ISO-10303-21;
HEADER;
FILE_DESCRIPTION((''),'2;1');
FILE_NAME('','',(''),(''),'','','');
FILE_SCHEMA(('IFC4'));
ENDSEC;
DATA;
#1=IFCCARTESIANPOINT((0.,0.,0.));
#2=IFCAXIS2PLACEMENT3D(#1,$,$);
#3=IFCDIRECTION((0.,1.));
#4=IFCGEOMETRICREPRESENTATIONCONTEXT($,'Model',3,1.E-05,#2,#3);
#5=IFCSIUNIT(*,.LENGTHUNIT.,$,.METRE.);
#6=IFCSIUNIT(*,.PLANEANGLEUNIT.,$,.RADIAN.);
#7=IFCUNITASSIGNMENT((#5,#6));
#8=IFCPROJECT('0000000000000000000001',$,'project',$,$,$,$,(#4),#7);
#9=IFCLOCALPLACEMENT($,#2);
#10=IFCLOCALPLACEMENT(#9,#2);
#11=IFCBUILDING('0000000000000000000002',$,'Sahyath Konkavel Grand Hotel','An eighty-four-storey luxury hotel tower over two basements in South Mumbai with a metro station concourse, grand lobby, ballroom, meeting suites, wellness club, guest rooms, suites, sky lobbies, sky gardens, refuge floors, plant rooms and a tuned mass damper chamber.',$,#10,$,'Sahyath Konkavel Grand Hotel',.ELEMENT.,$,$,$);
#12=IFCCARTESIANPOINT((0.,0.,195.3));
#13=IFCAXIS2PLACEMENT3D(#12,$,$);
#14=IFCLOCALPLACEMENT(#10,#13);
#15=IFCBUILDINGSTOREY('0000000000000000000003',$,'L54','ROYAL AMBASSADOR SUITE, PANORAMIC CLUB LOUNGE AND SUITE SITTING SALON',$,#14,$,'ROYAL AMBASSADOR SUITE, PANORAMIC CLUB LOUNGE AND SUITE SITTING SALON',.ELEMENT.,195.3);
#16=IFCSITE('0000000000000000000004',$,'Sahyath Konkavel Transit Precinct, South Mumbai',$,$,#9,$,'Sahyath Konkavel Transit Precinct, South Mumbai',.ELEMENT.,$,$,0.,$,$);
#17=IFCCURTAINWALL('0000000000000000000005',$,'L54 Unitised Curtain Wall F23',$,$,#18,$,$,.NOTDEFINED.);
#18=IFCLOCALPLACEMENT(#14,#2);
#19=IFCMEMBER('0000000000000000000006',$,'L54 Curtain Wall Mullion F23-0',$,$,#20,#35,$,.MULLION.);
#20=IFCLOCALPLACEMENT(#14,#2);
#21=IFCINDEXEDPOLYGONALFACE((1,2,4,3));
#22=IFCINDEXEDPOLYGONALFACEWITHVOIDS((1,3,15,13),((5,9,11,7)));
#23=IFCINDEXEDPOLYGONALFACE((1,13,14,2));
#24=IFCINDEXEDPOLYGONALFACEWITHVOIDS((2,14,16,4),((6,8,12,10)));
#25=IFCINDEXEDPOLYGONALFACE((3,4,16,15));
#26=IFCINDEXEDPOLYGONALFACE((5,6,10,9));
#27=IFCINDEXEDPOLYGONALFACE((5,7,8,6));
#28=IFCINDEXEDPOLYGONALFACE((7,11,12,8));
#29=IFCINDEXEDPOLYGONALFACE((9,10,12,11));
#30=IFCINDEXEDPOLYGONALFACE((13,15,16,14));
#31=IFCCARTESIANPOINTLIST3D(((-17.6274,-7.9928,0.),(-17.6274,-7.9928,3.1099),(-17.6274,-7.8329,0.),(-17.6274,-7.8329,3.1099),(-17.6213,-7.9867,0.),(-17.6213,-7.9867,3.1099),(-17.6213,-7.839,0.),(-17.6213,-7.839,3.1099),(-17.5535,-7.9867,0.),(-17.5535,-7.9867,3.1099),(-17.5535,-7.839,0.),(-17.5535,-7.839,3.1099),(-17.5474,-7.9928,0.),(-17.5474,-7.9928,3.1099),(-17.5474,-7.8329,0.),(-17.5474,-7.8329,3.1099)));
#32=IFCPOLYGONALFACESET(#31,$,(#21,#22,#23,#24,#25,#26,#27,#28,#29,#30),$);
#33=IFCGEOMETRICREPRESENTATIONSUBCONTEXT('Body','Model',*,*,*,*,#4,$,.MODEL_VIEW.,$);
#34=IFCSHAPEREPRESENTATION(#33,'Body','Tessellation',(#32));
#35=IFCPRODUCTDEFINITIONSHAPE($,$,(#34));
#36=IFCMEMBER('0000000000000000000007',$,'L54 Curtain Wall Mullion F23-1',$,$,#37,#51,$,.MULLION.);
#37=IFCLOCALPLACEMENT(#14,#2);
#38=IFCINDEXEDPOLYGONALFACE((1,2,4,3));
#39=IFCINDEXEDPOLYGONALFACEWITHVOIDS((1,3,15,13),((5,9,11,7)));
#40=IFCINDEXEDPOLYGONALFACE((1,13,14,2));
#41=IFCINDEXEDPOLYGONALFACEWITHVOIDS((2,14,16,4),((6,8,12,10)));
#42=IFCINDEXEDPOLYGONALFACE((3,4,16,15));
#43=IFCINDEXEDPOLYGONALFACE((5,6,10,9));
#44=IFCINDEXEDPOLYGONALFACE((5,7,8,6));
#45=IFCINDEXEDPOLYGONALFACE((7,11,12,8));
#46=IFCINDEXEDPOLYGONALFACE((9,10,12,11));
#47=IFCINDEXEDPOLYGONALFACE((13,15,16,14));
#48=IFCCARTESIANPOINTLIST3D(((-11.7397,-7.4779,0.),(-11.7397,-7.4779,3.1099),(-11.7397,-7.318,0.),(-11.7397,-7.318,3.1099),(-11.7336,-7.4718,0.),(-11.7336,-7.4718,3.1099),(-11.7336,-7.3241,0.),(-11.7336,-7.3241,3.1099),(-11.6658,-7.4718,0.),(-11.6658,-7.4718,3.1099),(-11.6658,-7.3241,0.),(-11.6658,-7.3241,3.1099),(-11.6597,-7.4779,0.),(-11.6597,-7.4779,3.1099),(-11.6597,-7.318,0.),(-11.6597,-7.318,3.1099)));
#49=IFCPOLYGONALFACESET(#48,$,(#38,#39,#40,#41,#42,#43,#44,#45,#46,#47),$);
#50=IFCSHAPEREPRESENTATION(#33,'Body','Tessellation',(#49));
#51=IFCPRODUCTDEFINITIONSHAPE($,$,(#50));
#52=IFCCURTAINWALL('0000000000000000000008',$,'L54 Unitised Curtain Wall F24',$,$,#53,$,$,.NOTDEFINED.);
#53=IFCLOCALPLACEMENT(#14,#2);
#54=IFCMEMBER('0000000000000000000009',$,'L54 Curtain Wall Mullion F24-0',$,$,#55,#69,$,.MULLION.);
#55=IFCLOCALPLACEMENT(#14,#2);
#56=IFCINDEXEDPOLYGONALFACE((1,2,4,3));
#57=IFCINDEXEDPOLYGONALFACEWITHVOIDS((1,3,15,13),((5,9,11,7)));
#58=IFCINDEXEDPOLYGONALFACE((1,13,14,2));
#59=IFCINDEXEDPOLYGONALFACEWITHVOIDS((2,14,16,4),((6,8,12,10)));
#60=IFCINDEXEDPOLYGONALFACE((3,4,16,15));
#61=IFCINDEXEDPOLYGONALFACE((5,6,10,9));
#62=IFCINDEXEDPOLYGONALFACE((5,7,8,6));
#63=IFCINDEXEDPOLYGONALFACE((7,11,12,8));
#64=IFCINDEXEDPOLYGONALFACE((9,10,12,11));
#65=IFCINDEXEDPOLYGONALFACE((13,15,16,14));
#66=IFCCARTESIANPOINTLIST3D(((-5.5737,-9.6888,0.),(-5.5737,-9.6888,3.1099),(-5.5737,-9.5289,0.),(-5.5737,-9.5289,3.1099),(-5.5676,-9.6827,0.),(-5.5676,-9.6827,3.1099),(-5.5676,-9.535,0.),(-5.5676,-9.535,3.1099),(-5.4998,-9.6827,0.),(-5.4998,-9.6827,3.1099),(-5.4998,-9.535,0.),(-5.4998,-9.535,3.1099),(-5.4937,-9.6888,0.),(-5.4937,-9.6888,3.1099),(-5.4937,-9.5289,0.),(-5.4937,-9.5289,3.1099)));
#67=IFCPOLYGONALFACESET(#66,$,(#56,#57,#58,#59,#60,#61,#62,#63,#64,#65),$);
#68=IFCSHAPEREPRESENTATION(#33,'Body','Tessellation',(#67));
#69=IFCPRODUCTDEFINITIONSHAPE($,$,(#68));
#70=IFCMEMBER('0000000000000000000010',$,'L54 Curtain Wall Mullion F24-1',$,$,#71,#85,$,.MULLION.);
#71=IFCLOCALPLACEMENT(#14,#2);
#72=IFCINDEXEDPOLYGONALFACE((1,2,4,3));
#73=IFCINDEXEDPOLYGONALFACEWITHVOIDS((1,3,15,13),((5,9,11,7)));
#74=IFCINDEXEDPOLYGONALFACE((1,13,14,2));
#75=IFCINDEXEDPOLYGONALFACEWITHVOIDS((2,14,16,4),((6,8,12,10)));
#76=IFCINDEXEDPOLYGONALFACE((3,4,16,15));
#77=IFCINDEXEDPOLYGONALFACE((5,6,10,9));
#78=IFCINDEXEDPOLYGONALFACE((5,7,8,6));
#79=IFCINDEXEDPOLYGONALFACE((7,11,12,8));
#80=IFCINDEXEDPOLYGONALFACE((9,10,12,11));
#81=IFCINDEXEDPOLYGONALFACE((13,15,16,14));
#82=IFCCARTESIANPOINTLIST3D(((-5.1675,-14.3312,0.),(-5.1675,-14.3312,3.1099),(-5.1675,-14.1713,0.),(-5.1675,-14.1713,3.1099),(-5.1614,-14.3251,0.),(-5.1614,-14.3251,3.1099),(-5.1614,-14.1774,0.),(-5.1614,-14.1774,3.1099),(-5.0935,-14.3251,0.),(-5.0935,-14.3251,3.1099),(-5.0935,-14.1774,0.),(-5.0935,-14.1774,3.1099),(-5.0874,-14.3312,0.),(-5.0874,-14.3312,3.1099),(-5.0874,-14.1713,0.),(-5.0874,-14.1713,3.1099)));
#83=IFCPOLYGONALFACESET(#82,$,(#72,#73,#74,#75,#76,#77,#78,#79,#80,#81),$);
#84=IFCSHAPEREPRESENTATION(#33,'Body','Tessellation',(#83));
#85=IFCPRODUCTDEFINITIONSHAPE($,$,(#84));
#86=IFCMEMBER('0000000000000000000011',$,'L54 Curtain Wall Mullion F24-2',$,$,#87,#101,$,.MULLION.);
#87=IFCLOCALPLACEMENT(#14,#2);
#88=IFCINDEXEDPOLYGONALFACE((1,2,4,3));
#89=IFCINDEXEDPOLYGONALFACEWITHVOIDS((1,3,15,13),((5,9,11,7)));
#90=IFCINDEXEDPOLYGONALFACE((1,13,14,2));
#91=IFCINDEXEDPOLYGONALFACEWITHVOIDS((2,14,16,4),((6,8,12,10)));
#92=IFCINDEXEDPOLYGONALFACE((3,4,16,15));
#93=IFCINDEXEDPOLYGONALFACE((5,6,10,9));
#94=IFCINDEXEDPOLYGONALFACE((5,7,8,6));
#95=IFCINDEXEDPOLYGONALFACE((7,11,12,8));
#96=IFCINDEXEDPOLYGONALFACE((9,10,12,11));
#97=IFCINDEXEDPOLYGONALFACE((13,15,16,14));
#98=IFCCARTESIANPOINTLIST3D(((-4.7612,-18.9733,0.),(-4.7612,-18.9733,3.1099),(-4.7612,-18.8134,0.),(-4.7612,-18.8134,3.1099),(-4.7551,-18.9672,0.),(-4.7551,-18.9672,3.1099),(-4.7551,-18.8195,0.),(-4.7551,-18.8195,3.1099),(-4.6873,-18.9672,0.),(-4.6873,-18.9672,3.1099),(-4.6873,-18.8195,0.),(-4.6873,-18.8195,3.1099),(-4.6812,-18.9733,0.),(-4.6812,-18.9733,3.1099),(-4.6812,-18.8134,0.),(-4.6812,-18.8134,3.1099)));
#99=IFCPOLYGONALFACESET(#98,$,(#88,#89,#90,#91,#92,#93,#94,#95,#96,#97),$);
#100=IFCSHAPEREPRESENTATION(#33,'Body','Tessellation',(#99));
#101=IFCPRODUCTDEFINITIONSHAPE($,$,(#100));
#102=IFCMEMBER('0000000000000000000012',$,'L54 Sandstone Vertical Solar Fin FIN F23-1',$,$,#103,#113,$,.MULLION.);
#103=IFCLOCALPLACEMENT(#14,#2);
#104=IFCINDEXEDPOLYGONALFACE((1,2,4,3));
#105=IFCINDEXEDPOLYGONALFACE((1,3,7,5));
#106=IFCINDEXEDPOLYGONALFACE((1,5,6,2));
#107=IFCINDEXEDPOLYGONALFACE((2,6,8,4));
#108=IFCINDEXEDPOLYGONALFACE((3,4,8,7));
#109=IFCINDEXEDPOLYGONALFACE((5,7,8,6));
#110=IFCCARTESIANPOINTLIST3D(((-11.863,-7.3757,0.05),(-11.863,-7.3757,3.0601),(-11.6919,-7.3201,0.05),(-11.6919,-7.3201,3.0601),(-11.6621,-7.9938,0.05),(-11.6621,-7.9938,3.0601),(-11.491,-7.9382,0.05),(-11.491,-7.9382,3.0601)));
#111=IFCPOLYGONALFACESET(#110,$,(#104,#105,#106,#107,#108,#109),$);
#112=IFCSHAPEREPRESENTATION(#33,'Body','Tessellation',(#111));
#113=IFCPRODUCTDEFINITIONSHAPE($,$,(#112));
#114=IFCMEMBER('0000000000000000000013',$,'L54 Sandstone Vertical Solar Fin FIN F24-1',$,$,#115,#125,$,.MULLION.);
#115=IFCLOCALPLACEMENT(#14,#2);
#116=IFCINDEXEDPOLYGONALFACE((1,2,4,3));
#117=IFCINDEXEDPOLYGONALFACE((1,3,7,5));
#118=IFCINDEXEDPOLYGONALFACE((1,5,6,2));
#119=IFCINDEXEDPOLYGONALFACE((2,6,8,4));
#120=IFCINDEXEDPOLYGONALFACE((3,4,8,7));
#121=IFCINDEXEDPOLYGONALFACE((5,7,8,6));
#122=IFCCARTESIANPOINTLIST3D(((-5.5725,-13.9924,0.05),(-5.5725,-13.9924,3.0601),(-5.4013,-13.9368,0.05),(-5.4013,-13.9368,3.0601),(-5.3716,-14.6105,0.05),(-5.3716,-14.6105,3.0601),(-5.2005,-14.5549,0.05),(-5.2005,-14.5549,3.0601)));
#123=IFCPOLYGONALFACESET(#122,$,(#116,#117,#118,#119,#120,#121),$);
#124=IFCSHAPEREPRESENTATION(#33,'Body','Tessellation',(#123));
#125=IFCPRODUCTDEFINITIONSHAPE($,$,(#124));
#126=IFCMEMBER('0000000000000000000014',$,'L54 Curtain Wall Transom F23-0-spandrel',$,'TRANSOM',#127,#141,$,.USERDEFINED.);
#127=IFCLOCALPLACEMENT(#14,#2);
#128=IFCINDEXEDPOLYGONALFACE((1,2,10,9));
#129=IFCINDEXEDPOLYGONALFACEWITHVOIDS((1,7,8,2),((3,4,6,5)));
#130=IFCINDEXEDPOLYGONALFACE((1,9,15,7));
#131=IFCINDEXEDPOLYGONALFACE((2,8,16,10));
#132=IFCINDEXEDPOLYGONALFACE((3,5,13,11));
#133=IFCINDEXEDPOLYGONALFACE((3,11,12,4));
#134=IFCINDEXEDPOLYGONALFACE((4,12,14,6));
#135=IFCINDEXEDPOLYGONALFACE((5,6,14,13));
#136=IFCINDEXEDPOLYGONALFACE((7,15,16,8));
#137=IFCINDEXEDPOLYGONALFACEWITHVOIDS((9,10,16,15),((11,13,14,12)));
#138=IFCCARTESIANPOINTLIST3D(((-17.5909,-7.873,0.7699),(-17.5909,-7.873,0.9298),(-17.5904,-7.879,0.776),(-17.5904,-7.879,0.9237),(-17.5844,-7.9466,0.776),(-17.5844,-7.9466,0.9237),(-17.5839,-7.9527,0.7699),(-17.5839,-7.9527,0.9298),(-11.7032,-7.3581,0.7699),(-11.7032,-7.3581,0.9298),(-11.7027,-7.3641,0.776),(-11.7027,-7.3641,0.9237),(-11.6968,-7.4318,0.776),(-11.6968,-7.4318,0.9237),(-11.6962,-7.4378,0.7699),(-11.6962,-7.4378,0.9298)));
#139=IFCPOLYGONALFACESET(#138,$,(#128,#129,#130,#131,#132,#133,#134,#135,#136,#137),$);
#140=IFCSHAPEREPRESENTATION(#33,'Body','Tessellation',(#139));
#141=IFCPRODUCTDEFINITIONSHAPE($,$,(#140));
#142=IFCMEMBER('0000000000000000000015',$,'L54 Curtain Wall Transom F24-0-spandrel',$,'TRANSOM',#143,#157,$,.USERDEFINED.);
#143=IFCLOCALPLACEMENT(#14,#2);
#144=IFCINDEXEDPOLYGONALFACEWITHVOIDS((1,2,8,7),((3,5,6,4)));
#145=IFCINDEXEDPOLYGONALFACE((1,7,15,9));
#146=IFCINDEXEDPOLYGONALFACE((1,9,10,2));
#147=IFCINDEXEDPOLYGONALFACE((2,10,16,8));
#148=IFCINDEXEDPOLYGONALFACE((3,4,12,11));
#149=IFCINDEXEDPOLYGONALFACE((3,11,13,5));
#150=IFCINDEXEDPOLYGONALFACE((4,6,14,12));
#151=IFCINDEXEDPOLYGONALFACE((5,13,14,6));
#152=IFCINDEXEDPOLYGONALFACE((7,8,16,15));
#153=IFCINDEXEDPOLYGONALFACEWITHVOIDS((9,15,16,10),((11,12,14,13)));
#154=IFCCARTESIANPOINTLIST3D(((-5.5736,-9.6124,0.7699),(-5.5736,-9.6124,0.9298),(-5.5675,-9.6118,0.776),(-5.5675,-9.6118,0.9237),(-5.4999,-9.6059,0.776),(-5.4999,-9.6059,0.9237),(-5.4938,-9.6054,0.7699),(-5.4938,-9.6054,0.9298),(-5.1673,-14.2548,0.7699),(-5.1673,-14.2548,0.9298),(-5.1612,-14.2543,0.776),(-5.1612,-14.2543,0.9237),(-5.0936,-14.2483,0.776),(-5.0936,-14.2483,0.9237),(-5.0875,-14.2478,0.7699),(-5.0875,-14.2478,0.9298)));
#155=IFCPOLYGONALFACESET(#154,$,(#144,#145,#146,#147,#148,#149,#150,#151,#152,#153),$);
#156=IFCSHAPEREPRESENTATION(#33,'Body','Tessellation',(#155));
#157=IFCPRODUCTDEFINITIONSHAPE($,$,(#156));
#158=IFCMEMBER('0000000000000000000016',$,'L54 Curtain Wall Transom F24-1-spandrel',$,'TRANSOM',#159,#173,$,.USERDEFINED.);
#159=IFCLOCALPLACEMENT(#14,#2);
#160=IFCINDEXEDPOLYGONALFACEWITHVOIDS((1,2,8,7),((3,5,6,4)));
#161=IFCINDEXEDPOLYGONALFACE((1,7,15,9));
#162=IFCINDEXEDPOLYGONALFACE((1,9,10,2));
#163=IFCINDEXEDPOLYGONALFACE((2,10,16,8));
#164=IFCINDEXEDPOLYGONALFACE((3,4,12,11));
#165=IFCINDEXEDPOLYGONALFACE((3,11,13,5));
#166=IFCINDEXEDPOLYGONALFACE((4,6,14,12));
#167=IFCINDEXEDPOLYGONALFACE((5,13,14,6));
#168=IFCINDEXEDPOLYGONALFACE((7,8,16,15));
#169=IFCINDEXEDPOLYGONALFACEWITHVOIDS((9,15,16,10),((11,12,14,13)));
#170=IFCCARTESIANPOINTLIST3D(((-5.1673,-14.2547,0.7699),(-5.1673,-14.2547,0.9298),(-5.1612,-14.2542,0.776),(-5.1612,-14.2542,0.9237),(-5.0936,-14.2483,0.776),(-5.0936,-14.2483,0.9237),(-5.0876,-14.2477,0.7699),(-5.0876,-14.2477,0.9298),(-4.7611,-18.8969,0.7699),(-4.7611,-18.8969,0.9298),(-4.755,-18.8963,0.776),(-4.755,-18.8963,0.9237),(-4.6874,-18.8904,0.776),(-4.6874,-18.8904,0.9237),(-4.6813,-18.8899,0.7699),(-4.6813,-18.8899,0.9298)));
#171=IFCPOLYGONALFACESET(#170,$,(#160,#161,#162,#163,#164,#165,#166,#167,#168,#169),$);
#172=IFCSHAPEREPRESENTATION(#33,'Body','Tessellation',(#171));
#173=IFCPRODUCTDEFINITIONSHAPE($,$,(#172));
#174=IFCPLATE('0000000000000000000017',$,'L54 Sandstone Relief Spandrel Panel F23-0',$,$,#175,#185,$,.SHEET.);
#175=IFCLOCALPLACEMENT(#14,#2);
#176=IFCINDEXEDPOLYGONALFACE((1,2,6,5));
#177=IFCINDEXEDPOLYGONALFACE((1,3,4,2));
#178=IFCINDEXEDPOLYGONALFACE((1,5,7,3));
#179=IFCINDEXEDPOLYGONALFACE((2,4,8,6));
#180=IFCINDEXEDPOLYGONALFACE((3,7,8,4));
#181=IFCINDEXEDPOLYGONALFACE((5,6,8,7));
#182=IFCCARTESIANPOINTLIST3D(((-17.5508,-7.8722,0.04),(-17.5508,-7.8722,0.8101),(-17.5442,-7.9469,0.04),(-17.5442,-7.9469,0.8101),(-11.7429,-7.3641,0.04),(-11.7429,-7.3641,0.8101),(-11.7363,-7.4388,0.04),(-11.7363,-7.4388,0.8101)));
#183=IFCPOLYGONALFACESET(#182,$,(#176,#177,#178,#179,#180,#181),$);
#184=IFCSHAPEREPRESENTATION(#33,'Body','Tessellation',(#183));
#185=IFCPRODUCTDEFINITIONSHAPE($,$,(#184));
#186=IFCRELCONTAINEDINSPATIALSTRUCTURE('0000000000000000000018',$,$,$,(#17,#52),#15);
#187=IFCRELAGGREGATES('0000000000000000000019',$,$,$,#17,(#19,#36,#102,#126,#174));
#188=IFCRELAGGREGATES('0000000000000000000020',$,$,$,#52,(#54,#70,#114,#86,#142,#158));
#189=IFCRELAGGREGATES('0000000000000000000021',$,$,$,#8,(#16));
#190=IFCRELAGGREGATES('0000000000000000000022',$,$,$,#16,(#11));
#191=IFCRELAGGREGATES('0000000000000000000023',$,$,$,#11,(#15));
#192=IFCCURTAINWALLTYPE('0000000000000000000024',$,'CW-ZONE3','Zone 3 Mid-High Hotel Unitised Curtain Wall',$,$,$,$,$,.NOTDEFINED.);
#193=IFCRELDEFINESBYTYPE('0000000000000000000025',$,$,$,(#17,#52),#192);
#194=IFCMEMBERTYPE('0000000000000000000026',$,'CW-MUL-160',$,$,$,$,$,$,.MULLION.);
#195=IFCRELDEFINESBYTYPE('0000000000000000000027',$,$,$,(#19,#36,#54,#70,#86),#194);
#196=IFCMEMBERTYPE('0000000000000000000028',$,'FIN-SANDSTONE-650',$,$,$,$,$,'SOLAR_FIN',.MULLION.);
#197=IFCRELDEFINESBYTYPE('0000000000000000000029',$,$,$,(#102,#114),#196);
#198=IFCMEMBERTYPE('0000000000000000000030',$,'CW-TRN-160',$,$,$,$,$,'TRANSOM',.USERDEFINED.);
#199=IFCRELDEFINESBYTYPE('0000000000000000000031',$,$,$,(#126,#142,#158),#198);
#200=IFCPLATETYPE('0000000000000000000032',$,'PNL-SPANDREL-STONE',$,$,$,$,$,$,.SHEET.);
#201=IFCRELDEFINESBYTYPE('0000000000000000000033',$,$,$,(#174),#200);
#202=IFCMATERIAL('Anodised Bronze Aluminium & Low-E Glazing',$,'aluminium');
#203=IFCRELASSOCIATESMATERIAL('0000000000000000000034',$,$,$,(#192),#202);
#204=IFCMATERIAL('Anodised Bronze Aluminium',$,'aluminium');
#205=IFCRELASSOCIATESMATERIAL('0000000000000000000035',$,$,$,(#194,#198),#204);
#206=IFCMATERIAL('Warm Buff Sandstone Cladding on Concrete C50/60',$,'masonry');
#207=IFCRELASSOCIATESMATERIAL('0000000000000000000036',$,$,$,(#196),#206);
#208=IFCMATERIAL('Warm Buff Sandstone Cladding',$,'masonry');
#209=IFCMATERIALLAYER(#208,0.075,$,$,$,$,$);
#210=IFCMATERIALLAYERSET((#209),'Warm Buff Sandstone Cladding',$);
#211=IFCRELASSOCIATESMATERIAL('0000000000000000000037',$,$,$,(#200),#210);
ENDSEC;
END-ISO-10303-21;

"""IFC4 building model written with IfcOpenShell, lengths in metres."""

from ifc_helpers import new_model, si_unit, direction, frame, origin, origin_2d, place, context, subcontext, project, spatial, rectangle, hollow_rectangle, extrude, source, transform, mapped, material, layer, layer_set, material_profile, profile_set, type_object, element, aggregate, save


model = new_model("IFC4")

# Units and contexts
model_context = context("Model", 3, precision=1e-05, world=origin(), true_north=direction((0.0, 1.0)))
body_context = subcontext(model_context, "Body", "Model", "MODEL_VIEW")
ifc_project = project(units=[si_unit("LENGTHUNIT", "METRE"), si_unit("PLANEANGLEUNIT", "RADIAN")], contexts=[model_context])

# Site, building, storey
site_placement = place(None, origin())
site = spatial("IfcSite", under=ifc_project, at=site_placement, Name="Sahyath Konkavel Transit Precinct, South Mumbai", LongName="Sahyath Konkavel Transit Precinct, South Mumbai", CompositionType="ELEMENT", RefElevation=0.0)
building_placement = place(site_placement, origin())
building = spatial("IfcBuilding", under=site, at=building_placement, Name="Sahyath Konkavel Grand Hotel", Description="An eighty-four-storey luxury hotel tower over two basements in South Mumbai with a metro station concourse, grand lobby, ballroom, meeting suites, wellness club, guest rooms, suites, sky lobbies, sky gardens, refuge floors, plant rooms and a tuned mass damper chamber.", LongName="Sahyath Konkavel Grand Hotel", CompositionType="ELEMENT")
storey_placement = place(building_placement, frame((0.0, 0.0, 195.3)))
storey = spatial("IfcBuildingStorey", under=building, at=storey_placement, Name="L54", Description="ROYAL AMBASSADOR SUITE, PANORAMIC CLUB LOUNGE AND SUITE SITTING SALON", LongName="ROYAL AMBASSADOR SUITE, PANORAMIC CLUB LOUNGE AND SUITE SITTING SALON", CompositionType="ELEMENT", Elevation=195.3)

# Curtain walls, members
ifc_material_1 = material(Name="Anodised Bronze Aluminium & Low-E Glazing", Category="aluminium")
curtain_wall_type = type_object("IfcCurtainWallType", Name="CW-ZONE3", Description="Zone 3 Mid-High Hotel Unitised Curtain Wall", PredefinedType="NOTDEFINED", material=ifc_material_1)
curtain_wall_1_placement = place(storey_placement, origin())
curtain_wall_1 = element("IfcCurtainWall", 1, at=curtain_wall_1_placement, inside=storey, type_object=curtain_wall_type, Name="L54 Unitised Curtain Wall F23", PredefinedType="NOTDEFINED")
ifc_material_2 = material(Name="Anodised Bronze Aluminium", Category="aluminium")
ifc_material_profile_1 = material_profile(ifc_material_2, hollow_rectangle(XDim=0.0801, YDim=0.1599, WallThickness=0.0061, at=origin_2d()), Name="RHS 160x80x6")
ifc_profile_set_1 = profile_set([ifc_material_profile_1], Name="Anodised Bronze Aluminium")
member_type_1 = type_object("IfcMemberType", Name="CW-MUL-160", PredefinedType="MULLION", material=ifc_profile_set_1)
shared_shape_1 = source(origin(), body_context, "Body", "SweptSolid", [
    extrude(hollow_rectangle(XDim=0.0801, YDim=0.1599, WallThickness=0.0061, at=origin_2d()), origin(), (0.0, 0.0, 1.0), 3.1099),
])
member_1_placement = place(storey_placement, frame((-17.5874, -7.9128, 0.0), z_axis=(0.0, 0.0, 1.0), x_axis=(1.0, 0.0, 0.0)))
member_1 = element("IfcMember", 2, at=member_1_placement, type_object=member_type_1, Name="L54 Curtain Wall Mullion F23-0", PredefinedType="MULLION", context=body_context, shape_type="MappedRepresentation", body=[
    mapped(shared_shape_1, transform((0.0, 0.0, 0.0), scale=1.0)),
])
member_2_placement = place(storey_placement, frame((-11.6997, -7.3979, 0.0), z_axis=(0.0, 0.0, 1.0), x_axis=(1.0, 0.0, 0.0)))
member_2 = element("IfcMember", 3, at=member_2_placement, type_object=member_type_1, Name="L54 Curtain Wall Mullion F23-1", PredefinedType="MULLION", context=body_context, shape_type="MappedRepresentation", body=[
    mapped(shared_shape_1, transform((0.0, 0.0, 0.0), scale=1.0)),
])
curtain_wall_2_placement = place(storey_placement, origin())
curtain_wall_2 = element("IfcCurtainWall", 4, at=curtain_wall_2_placement, inside=storey, type_object=curtain_wall_type, Name="L54 Unitised Curtain Wall F24", PredefinedType="NOTDEFINED")
member_3_placement = place(storey_placement, frame((-5.5337, -9.6089, 0.0), z_axis=(0.0, 0.0, 1.0), x_axis=(1.0, 0.0, 0.0)))
member_3 = element("IfcMember", 5, at=member_3_placement, type_object=member_type_1, Name="L54 Curtain Wall Mullion F24-0", PredefinedType="MULLION", context=body_context, shape_type="MappedRepresentation", body=[
    mapped(shared_shape_1, transform((0.0, 0.0, 0.0), scale=1.0)),
])
member_4_placement = place(storey_placement, frame((-5.1274, -14.2512, 0.0), z_axis=(0.0, 0.0, 1.0), x_axis=(1.0, 0.0, 0.0)))
member_4 = element("IfcMember", 6, at=member_4_placement, type_object=member_type_1, Name="L54 Curtain Wall Mullion F24-1", PredefinedType="MULLION", context=body_context, shape_type="MappedRepresentation", body=[
    mapped(shared_shape_1, transform((0.0, 0.0, 0.0), scale=1.0)),
])
member_5_placement = place(storey_placement, frame((-4.7212, -18.8933, 0.0), z_axis=(0.0, 0.0, 1.0), x_axis=(1.0, 0.0, 0.0)))
member_5 = element("IfcMember", 7, at=member_5_placement, type_object=member_type_1, Name="L54 Curtain Wall Mullion F24-2", PredefinedType="MULLION", context=body_context, shape_type="MappedRepresentation", body=[
    mapped(shared_shape_1, transform((0.0, 0.0, 0.0), scale=1.0)),
])

# Members
ifc_material_3 = material(Name="Warm Buff Sandstone Cladding on Concrete C50/60", Category="masonry")
ifc_material_profile_2 = material_profile(ifc_material_3, rectangle(XDim=0.1799, YDim=0.6499, at=origin_2d()), Name="FIN 180x650")
ifc_profile_set_2 = profile_set([ifc_material_profile_2], Name="Warm Buff Sandstone Cladding on Concrete C50/60")
member_type_2 = type_object("IfcMemberType", Name="FIN-SANDSTONE-650", ElementType="SOLAR_FIN", PredefinedType="MULLION", material=ifc_profile_set_2)
shared_shape_2 = source(origin(), body_context, "Body", "SweptSolid", [
    extrude(rectangle(XDim=0.1799, YDim=0.6499, at=origin_2d()), origin(), (0.0, 0.0, 1.0), 3.01),
])
member_6_placement = place(storey_placement, frame((-11.677, -7.657, 0.05), z_axis=(0.0, 0.0, 1.0), x_axis=(0.951057, 0.309017, 0.0)))
member_6 = element("IfcMember", 8, at=member_6_placement, type_object=member_type_2, Name="L54 Sandstone Vertical Solar Fin FIN F23-1", PredefinedType="MULLION", context=body_context, shape_type="MappedRepresentation", body=[
    mapped(shared_shape_2, transform((0.0, 0.0, 0.0), scale=1.0)),
])
member_7_placement = place(storey_placement, frame((-5.3865, -14.2737, 0.05), z_axis=(0.0, 0.0, 1.0), x_axis=(0.951057, 0.309017, 0.0)))
member_7 = element("IfcMember", 9, at=member_7_placement, type_object=member_type_2, Name="L54 Sandstone Vertical Solar Fin FIN F24-1", PredefinedType="MULLION", context=body_context, shape_type="MappedRepresentation", body=[
    mapped(shared_shape_2, transform((0.0, 0.0, 0.0), scale=1.0)),
])
ifc_material_profile_3 = material_profile(ifc_material_2, hollow_rectangle(XDim=0.0801, YDim=0.1599, WallThickness=0.0061, at=origin_2d()), Name="RHS 160x80x6")
ifc_profile_set_3 = profile_set([ifc_material_profile_3], Name="Anodised Bronze Aluminium")
member_type_3 = type_object("IfcMemberType", Name="CW-TRN-160", ElementType="TRANSOM", PredefinedType="USERDEFINED", material=ifc_profile_set_3)
shared_shape_3 = source(origin(), body_context, "Body", "SweptSolid", [
    extrude(hollow_rectangle(XDim=0.0801, YDim=0.1599, WallThickness=0.0061, at=origin_2d()), origin(), (0.0, 0.0, 1.0), 5.9102),
])
member_8_placement = place(storey_placement, frame((-17.5874, -7.9128, 0.8499), z_axis=(0.996198, 0.08712, 0.0), x_axis=(-0.08712, 0.996198, 0.0)))
member_8 = element("IfcMember", 10, at=member_8_placement, type_object=member_type_3, Name="L54 Curtain Wall Transom F23-0-spandrel", ObjectType="TRANSOM", PredefinedType="USERDEFINED", context=body_context, shape_type="MappedRepresentation", body=[
    mapped(shared_shape_3, transform((0.0, 0.0, 0.0), scale=1.0)),
])
shared_shape_4 = source(origin(), body_context, "Body", "SweptSolid", [
    extrude(hollow_rectangle(XDim=0.0801, YDim=0.1599, WallThickness=0.0061, at=origin_2d()), origin(), (0.0, 0.0, 1.0), 4.6602),
])
member_9_placement = place(storey_placement, frame((-5.5337, -9.6089, 0.8499), z_axis=(0.087177, -0.996193, 0.0), x_axis=(0.996193, 0.087177, 0.0)))
member_9 = element("IfcMember", 11, at=member_9_placement, type_object=member_type_3, Name="L54 Curtain Wall Transom F24-0-spandrel", ObjectType="TRANSOM", PredefinedType="USERDEFINED", context=body_context, shape_type="MappedRepresentation", body=[
    mapped(shared_shape_4, transform((0.0, 0.0, 0.0), scale=1.0)),
])
shared_shape_5 = source(origin(), body_context, "Body", "SweptSolid", [
    extrude(hollow_rectangle(XDim=0.0801, YDim=0.1599, WallThickness=0.0061, at=origin_2d()), origin(), (0.0, 0.0, 1.0), 4.6599),
])
member_10_placement = place(storey_placement, frame((-5.1274, -14.2512, 0.8499), z_axis=(0.087181, -0.996192, 0.0), x_axis=(0.996192, 0.087181, 0.0)))
member_10 = element("IfcMember", 12, at=member_10_placement, type_object=member_type_3, Name="L54 Curtain Wall Transom F24-1-spandrel", ObjectType="TRANSOM", PredefinedType="USERDEFINED", context=body_context, shape_type="MappedRepresentation", body=[
    mapped(shared_shape_5, transform((0.0, 0.0, 0.0), scale=1.0)),
])

# Plate
ifc_material_4 = material(Name="Warm Buff Sandstone Cladding", Category="masonry")
ifc_layer_1 = layer(ifc_material_4, 0.075)
ifc_layer_set_1 = layer_set([ifc_layer_1], Name="Warm Buff Sandstone Cladding")
plate_type_1 = type_object("IfcPlateType", Name="PNL-SPANDREL-STONE", PredefinedType="SHEET", material=ifc_layer_set_1)
shared_shape_6 = source(origin(), body_context, "Body", "SweptSolid", [
    extrude(rectangle(XDim=5.8301, YDim=0.075, at=origin_2d()), origin(), (0.0, 0.0, 1.0), 0.77),
])
plate_1_placement = place(storey_placement, frame((-14.6436, -7.6555, 0.04), z_axis=(0.0, 0.0, 1.0), x_axis=(0.996195, 0.087156, 0.0)))
plate_1 = element("IfcPlate", 13, at=plate_1_placement, type_object=plate_type_1, Name="L54 Sandstone Relief Spandrel Panel F23-0", PredefinedType="SHEET", context=body_context, shape_type="MappedRepresentation", body=[
    mapped(shared_shape_6, transform((0.0, 0.0, 0.0), scale=1.0)),
])
aggregate(curtain_wall_1, [member_1, member_2, member_6, member_8, plate_1])
aggregate(curtain_wall_2, [member_3, member_4, member_7, member_5, member_9, member_10])

save(model, "model.ifc")
